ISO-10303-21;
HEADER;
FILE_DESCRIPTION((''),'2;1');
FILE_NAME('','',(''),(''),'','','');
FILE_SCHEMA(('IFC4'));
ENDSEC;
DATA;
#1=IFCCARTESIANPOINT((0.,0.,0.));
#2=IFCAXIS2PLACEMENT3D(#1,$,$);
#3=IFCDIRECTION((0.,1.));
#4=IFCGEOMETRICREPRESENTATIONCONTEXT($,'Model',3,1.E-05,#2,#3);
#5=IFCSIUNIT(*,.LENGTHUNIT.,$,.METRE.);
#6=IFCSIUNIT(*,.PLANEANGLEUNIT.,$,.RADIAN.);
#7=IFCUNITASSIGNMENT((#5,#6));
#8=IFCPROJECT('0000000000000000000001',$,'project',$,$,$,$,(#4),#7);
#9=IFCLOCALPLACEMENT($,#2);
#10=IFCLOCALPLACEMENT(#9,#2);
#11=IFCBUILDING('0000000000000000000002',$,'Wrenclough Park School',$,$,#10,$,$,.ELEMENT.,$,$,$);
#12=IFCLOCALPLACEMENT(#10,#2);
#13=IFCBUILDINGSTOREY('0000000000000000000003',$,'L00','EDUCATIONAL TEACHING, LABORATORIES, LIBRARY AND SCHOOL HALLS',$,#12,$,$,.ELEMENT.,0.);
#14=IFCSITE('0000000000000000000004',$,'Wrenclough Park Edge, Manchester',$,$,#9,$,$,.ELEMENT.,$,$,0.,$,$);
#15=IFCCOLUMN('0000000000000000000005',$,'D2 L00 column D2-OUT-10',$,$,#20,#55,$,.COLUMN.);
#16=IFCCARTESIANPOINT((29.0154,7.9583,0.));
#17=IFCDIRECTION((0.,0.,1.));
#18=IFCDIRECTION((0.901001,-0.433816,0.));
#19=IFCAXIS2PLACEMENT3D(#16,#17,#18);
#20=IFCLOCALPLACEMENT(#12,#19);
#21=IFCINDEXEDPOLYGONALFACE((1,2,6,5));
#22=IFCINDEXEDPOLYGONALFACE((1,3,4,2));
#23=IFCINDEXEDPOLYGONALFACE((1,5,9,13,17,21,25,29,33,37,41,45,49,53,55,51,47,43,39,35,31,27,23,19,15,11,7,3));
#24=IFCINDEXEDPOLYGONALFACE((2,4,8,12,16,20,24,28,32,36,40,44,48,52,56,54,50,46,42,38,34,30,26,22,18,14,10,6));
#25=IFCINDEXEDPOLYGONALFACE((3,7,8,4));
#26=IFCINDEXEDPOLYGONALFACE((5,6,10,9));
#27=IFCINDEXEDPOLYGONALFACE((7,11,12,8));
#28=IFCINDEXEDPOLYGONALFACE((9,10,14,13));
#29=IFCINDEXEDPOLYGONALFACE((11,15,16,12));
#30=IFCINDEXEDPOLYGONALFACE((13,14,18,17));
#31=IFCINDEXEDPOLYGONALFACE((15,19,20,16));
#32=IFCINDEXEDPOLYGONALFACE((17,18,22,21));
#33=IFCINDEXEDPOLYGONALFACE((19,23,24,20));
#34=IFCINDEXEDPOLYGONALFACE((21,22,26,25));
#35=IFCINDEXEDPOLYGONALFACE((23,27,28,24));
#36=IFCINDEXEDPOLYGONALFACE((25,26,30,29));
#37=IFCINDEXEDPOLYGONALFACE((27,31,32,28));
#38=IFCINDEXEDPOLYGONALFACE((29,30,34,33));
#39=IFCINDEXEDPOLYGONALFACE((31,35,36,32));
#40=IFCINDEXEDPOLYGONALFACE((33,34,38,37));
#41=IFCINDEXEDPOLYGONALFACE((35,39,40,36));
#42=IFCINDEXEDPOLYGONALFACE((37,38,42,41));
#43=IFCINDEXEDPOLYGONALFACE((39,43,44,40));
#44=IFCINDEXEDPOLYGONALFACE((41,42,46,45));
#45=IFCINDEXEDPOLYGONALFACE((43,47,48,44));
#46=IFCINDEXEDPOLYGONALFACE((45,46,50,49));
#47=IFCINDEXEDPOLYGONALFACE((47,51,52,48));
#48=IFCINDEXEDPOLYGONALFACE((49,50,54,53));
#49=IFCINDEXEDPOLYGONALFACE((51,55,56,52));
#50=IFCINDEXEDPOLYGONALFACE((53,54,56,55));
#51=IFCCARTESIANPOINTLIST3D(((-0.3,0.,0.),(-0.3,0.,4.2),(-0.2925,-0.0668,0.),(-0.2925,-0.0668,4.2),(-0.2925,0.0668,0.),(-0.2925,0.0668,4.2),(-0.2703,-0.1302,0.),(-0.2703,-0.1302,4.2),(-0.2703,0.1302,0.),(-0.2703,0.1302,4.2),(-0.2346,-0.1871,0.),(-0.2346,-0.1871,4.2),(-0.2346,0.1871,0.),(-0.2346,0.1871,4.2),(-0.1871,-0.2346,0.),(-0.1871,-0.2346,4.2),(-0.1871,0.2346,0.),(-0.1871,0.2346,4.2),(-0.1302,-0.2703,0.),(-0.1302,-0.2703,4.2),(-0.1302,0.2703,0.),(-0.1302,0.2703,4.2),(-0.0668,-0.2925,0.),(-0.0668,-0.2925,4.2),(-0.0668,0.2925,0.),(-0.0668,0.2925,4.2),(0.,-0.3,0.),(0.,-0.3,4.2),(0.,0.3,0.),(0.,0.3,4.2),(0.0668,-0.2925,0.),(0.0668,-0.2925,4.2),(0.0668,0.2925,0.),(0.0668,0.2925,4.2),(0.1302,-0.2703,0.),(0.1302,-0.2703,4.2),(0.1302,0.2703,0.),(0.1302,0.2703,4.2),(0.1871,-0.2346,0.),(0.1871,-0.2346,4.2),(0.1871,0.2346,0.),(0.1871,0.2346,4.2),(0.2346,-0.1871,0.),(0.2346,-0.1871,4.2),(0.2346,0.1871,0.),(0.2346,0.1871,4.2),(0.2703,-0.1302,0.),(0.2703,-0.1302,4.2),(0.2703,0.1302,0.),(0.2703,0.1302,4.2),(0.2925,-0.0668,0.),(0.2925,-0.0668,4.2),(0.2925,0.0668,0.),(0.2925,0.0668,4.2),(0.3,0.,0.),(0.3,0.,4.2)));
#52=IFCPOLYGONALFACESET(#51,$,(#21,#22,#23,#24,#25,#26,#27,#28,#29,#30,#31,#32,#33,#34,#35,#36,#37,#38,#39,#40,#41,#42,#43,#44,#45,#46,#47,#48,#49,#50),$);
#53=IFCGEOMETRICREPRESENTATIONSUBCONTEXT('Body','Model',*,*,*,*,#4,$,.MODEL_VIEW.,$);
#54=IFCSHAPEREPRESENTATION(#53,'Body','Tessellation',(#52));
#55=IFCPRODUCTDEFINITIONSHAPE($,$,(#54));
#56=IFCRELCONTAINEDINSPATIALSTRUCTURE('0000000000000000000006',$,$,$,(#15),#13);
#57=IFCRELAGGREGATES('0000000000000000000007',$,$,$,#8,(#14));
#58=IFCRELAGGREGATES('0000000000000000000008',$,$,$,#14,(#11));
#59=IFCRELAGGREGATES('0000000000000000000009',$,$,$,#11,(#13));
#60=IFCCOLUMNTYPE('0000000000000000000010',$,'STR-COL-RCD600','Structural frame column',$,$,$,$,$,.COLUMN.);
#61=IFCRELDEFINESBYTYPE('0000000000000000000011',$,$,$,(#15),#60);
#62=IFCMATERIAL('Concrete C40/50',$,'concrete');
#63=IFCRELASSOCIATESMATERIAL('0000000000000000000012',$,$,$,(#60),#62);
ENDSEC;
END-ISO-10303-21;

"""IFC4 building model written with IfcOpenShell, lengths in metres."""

from ifc_helpers import new_model, si_unit, direction, frame, origin, origin_2d, place, context, subcontext, project, spatial, circle, extrude, material, material_profile, profile_set, type_object, element, save


model = new_model("IFC4")

# Units and contexts
model_context = context("Model", 3, precision=1e-05, world=origin(), true_north=direction((0.0, 1.0)))
body_context = subcontext(model_context, "Body", "Model", "MODEL_VIEW")
ifc_project = project(units=[si_unit("LENGTHUNIT", "METRE"), si_unit("PLANEANGLEUNIT", "RADIAN")], contexts=[model_context])

# Site, building, storey
site_placement = place(None, origin())
site = spatial("IfcSite", under=ifc_project, at=site_placement, Name="Wrenclough Park Edge, Manchester", CompositionType="ELEMENT", RefElevation=0.0)
building_placement = place(site_placement, origin())
building = spatial("IfcBuilding", under=site, at=building_placement, Name="Wrenclough Park School", CompositionType="ELEMENT")
storey_placement = place(building_placement, origin())
storey = spatial("IfcBuildingStorey", under=building, at=storey_placement, Name="L00", Description="EDUCATIONAL TEACHING, LABORATORIES, LIBRARY AND SCHOOL HALLS", CompositionType="ELEMENT", Elevation=0.0)

# Shared definitions
ifc_material_1 = material(Name="Concrete C40/50", Category="concrete")

# Column
ifc_material_profile_1 = material_profile(ifc_material_1, circle(Radius=0.3, at=origin_2d()), Name="RC COL D600")
ifc_profile_set_1 = profile_set([ifc_material_profile_1], Name="Concrete C40/50")
column_type = type_object("IfcColumnType", Name="STR-COL-RCD600", Description="Structural frame column", PredefinedType="COLUMN", material=ifc_profile_set_1)
for number, where, z_axis, x_axis, name in (
    (1, (29.0154, 7.9583, 0.0), (0.0, 0.0, 1.0), (0.901001, -0.433816, 0.0), "D2 L00 column D2-OUT-10"),
):
    element("IfcColumn", number, at=place(storey_placement, frame(where, z_axis=z_axis, x_axis=x_axis)), inside=storey, type_object=column_type, Name=name, PredefinedType="COLUMN", context=body_context, shape_type="SweptSolid", body=[
        extrude(circle(Radius=0.3, at=origin_2d()), origin(), (0.0, 0.0, 1.0), 4.2),
    ])

save(model, "model.ifc")
